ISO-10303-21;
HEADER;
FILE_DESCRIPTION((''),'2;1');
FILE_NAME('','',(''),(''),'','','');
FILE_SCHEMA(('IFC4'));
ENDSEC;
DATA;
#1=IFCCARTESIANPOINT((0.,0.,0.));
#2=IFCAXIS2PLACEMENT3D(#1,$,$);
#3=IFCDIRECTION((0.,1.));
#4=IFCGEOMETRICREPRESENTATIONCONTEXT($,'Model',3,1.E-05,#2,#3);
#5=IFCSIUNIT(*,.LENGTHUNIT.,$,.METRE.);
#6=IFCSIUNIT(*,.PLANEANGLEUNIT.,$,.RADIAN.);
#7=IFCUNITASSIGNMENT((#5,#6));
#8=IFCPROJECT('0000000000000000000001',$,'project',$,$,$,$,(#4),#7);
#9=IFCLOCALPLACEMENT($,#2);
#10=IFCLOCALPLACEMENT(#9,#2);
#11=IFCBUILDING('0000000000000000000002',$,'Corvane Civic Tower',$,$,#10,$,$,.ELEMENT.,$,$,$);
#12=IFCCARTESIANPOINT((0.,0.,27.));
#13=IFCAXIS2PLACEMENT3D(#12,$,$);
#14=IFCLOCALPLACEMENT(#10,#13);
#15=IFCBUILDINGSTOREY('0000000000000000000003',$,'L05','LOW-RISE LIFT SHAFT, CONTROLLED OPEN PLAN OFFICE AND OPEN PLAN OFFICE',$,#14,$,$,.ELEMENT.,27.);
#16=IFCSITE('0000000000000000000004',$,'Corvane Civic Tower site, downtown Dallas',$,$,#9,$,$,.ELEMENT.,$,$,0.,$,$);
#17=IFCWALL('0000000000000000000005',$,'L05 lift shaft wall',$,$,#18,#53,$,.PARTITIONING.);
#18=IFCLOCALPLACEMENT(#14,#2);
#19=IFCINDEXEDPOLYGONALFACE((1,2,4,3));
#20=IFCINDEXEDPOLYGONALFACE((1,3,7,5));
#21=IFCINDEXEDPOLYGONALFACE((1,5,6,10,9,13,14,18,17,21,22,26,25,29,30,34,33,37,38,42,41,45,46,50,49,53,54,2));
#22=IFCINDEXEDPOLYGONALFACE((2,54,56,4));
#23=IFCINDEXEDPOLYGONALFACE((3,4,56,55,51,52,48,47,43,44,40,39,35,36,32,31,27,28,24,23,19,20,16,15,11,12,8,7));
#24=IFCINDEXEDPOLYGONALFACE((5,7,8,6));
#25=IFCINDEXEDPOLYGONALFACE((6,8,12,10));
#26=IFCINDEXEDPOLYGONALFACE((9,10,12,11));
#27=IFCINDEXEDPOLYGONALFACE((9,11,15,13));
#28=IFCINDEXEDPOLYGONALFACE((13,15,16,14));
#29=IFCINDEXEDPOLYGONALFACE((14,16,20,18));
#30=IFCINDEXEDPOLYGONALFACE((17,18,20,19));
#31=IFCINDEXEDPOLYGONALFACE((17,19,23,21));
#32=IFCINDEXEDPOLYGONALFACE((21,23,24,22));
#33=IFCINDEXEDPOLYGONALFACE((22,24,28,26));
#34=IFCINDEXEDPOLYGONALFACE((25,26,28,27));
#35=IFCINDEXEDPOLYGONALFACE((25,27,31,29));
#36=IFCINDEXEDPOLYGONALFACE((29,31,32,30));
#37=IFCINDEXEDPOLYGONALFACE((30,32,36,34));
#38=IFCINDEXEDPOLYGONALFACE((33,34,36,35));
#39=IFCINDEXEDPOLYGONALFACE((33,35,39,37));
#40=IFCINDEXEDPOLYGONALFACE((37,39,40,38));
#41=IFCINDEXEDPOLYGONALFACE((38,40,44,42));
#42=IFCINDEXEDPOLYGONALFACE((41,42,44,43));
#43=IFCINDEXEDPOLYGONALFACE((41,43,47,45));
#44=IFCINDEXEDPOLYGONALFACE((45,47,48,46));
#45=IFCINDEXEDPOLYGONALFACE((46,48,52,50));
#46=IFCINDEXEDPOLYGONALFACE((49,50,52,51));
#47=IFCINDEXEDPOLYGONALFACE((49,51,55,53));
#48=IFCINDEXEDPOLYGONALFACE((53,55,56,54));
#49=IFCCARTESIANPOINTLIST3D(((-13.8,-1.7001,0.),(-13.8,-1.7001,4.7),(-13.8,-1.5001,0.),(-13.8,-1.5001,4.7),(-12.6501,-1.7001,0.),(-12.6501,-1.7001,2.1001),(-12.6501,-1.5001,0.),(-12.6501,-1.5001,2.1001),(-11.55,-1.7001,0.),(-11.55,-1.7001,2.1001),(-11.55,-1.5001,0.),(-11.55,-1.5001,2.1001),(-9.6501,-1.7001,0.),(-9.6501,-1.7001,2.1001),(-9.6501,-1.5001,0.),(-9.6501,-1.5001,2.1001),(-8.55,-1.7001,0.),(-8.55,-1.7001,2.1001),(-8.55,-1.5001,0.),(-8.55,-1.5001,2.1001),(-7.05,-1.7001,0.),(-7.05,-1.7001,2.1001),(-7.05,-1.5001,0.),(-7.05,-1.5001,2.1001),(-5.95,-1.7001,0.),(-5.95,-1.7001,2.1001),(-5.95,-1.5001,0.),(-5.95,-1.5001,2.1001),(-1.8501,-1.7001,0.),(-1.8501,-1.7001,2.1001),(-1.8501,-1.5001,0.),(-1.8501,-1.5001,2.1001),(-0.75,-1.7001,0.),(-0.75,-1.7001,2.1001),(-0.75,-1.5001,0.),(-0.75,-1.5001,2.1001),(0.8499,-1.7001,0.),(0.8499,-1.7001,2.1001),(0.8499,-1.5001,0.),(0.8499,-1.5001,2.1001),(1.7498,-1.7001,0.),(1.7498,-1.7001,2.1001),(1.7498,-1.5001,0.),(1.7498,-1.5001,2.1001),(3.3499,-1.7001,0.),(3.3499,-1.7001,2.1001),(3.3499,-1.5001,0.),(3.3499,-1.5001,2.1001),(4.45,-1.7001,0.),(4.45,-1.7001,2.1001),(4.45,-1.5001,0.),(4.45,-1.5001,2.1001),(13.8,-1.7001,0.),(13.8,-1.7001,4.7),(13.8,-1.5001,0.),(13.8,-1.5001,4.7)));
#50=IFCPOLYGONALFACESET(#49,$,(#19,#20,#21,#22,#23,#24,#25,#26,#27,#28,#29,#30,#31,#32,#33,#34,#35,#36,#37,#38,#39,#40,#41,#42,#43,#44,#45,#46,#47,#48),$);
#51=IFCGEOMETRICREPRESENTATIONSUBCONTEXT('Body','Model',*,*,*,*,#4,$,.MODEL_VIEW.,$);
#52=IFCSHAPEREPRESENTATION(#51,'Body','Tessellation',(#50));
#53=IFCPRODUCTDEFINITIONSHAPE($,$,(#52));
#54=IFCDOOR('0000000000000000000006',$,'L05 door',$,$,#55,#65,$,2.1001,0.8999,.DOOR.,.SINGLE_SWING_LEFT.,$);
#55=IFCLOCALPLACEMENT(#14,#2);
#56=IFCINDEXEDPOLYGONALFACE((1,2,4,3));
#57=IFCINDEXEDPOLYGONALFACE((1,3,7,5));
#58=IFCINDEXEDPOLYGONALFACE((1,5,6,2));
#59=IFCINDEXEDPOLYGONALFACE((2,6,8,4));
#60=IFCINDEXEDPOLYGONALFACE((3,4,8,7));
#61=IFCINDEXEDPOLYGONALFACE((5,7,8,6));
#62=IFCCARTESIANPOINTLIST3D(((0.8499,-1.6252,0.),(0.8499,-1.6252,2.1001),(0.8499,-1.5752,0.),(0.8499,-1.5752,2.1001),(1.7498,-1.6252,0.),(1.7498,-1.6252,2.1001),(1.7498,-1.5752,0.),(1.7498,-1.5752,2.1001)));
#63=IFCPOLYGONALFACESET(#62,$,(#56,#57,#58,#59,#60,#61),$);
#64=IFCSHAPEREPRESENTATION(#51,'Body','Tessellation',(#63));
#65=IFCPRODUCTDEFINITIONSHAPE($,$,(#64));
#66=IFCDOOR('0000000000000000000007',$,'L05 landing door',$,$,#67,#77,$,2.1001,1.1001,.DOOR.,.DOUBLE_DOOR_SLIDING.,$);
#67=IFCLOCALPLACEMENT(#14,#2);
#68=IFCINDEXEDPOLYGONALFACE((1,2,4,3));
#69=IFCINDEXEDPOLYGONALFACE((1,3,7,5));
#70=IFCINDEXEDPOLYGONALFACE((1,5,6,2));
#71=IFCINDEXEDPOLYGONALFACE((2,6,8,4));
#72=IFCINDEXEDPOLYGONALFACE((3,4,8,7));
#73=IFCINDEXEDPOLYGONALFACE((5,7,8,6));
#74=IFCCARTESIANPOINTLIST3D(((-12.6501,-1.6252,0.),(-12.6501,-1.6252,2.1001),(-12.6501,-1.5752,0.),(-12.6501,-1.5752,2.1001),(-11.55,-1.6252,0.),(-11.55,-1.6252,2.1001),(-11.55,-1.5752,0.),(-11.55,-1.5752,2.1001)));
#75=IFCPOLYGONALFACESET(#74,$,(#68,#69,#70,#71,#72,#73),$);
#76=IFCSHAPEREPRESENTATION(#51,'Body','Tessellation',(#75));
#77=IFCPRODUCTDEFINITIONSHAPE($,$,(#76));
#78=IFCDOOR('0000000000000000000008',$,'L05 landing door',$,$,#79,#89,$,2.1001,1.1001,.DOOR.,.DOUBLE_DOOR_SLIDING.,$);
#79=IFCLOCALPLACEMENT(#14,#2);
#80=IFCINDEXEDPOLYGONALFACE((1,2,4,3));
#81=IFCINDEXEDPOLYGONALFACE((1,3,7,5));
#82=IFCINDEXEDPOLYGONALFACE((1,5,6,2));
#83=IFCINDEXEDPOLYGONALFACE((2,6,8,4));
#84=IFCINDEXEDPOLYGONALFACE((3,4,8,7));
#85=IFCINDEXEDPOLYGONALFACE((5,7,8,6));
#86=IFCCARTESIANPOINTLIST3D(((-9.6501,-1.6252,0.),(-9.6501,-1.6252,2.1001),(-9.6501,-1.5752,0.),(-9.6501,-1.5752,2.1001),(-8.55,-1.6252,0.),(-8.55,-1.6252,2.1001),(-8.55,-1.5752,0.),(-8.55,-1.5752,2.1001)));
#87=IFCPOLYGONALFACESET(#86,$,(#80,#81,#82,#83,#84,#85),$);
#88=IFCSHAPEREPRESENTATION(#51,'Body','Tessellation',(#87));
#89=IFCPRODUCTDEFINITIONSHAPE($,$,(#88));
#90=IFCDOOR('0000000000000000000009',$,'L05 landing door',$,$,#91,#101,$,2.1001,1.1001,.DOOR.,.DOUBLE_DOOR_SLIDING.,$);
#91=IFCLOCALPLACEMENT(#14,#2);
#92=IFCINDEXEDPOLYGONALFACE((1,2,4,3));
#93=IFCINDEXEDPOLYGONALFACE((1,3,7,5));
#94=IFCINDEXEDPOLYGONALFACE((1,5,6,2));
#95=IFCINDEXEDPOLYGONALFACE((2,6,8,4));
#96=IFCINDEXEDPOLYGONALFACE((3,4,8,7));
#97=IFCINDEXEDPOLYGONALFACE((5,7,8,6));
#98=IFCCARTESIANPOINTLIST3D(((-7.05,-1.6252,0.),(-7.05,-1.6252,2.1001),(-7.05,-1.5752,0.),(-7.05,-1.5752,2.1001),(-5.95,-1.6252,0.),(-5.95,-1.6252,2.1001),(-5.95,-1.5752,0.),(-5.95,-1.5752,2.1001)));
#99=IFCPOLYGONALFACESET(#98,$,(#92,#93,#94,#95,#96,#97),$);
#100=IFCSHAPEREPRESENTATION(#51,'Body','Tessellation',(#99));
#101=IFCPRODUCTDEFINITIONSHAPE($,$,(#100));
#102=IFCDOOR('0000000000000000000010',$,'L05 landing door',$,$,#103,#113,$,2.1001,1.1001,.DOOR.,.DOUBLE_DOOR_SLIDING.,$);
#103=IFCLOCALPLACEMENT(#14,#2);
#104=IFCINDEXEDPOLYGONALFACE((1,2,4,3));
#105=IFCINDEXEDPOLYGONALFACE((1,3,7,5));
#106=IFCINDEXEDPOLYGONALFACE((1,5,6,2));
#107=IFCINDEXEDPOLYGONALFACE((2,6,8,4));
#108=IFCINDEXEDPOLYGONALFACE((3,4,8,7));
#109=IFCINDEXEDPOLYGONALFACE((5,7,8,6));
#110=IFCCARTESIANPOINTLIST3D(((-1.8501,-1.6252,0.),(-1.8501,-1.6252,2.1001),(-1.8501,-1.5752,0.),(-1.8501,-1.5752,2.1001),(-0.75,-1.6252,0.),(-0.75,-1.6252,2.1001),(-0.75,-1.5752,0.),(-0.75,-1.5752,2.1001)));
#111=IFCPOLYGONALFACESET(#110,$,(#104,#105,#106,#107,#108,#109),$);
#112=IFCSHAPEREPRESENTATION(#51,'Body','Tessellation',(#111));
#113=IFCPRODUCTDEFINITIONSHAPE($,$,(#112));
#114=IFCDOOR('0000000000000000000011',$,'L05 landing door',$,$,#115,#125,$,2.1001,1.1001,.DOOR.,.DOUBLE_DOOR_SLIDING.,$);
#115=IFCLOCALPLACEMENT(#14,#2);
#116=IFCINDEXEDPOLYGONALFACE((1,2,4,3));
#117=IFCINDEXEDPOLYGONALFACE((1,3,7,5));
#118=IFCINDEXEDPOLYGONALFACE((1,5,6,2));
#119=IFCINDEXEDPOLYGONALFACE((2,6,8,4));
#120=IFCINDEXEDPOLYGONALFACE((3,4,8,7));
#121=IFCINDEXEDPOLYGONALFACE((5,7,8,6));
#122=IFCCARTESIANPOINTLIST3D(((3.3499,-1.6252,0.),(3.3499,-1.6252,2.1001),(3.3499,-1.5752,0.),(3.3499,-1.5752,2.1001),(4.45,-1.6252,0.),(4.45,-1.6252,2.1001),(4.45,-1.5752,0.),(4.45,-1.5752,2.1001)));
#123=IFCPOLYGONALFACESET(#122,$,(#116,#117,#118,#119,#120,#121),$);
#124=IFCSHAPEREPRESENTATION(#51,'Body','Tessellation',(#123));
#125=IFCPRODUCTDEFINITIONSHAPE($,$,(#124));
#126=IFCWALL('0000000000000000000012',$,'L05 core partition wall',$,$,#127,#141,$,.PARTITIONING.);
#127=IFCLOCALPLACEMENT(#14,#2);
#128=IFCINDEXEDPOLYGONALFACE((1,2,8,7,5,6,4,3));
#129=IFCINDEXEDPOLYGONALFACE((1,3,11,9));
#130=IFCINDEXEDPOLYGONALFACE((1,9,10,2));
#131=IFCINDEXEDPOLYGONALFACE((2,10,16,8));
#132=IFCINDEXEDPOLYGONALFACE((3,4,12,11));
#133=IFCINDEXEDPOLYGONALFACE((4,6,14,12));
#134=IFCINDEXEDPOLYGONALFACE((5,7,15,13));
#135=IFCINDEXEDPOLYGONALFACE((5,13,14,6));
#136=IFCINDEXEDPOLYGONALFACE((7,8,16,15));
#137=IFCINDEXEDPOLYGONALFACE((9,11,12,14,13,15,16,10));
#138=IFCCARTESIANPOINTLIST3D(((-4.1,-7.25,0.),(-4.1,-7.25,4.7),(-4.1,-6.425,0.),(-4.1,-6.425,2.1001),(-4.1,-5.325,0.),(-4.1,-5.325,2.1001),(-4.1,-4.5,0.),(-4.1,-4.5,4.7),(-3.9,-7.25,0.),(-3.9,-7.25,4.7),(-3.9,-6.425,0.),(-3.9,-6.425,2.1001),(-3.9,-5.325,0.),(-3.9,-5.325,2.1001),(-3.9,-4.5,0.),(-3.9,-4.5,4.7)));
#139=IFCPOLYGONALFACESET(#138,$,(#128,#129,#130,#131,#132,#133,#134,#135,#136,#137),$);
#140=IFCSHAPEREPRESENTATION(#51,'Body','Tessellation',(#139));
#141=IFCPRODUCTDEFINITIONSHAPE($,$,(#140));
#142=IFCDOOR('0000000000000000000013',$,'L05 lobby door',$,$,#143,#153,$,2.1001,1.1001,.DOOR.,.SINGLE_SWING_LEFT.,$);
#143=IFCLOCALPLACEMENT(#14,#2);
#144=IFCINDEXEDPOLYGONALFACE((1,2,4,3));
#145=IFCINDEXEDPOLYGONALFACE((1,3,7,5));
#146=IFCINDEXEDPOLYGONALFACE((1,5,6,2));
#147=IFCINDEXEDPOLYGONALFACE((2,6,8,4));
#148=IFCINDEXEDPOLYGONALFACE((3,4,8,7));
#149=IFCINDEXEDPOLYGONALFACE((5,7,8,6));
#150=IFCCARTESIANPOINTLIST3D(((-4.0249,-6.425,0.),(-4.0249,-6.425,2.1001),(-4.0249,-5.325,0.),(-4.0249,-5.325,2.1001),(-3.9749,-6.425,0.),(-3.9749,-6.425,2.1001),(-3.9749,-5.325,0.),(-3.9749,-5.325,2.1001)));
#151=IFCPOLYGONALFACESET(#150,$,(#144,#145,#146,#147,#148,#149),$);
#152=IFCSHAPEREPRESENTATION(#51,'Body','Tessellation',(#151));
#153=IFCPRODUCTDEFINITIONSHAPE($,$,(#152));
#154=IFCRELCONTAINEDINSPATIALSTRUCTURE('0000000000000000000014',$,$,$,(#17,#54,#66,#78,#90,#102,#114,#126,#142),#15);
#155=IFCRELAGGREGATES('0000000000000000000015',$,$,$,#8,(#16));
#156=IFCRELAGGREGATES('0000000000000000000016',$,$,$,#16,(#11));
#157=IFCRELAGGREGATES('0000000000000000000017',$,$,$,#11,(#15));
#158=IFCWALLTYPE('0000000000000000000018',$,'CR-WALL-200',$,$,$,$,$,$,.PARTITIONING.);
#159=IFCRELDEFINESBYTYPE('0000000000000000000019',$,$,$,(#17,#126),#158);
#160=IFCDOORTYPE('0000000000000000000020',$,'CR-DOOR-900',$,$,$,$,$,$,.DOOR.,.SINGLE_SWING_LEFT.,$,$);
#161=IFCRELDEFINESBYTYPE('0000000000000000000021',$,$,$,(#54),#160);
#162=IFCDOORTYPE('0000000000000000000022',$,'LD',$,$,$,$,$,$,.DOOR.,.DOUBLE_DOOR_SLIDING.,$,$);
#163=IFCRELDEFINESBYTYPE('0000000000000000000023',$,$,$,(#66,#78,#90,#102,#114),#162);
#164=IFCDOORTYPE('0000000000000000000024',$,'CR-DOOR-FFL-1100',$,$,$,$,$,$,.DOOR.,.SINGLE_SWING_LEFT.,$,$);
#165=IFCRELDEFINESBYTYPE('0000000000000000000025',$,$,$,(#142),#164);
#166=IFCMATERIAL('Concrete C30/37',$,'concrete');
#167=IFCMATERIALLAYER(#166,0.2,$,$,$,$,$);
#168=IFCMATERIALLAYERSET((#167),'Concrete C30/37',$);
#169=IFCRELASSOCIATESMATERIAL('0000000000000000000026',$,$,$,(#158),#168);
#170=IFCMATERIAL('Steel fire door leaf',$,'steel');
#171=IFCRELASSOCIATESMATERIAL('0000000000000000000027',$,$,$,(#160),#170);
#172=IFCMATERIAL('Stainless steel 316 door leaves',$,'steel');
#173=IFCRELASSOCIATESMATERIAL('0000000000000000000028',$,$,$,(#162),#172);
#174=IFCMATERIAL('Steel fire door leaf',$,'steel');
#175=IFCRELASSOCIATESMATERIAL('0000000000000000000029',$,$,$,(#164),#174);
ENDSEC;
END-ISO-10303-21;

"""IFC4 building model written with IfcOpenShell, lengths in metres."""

from ifc_helpers import new_model, si_unit, direction, frame, frame_2d, origin, place, context, subcontext, project, spatial, rectangle, extrude, material, layer, layer_set, type_object, element, fill, save


model = new_model("IFC4")

# Units and contexts
model_context = context("Model", 3, precision=1e-05, world=origin(), true_north=direction((0.0, 1.0)))
body_context = subcontext(model_context, "Body", "Model", "MODEL_VIEW")
ifc_project = project(units=[si_unit("LENGTHUNIT", "METRE"), si_unit("PLANEANGLEUNIT", "RADIAN")], contexts=[model_context])

# Site, building, storey
site_placement = place(None, origin())
site = spatial("IfcSite", under=ifc_project, at=site_placement, Name="Corvane Civic Tower site, downtown Dallas", CompositionType="ELEMENT", RefElevation=0.0)
building_placement = place(site_placement, origin())
building = spatial("IfcBuilding", under=site, at=building_placement, Name="Corvane Civic Tower", CompositionType="ELEMENT")
storey_placement = place(building_placement, frame((0.0, 0.0, 27.0)))
storey = spatial("IfcBuildingStorey", under=building, at=storey_placement, Name="L05", Description="LOW-RISE LIFT SHAFT, CONTROLLED OPEN PLAN OFFICE AND OPEN PLAN OFFICE", CompositionType="ELEMENT", Elevation=27.0)

# Shared definitions
ifc_material_1 = material(Name="Concrete C30/37", Category="concrete")
ifc_layer_1 = layer(ifc_material_1, 0.2)
ifc_layer_set_1 = layer_set([ifc_layer_1], Name="Concrete C30/37")
wall_type_1 = type_object("IfcWallType", Name="CR-WALL-200", PredefinedType="PARTITIONING", material=ifc_layer_set_1)
ifc_material_2 = material(Name="Steel fire door leaf", Category="steel")
door_type_1 = type_object("IfcDoorType", Name="CR-DOOR-900", OperationType="SINGLE_SWING_LEFT", PredefinedType="DOOR", material=ifc_material_2)

# Wall, openings, doors
wall_1_placement = place(storey_placement, frame((-13.8, -1.6001, 0.0), z_axis=(0.0, 0.0, 1.0), x_axis=(1.0, 0.0, 0.0)))
wall_1 = element("IfcWall", 1, at=wall_1_placement, inside=storey, type_object=wall_type_1, Name="L05 lift shaft wall", PredefinedType="PARTITIONING", context=body_context, shape_type="SweptSolid", body=[
    extrude(rectangle(XDim=27.6001, YDim=0.2, at=frame_2d((13.8, 0.0))), origin(), (0.0, 0.0, 1.0), 4.7),
])
opening_1_placement = place(wall_1_placement, frame((1.1499, 0.0, 0.0)))
opening_1 = element("IfcOpeningElement", 2, at=opening_1_placement, cuts=wall_1, PredefinedType="OPENING", context=body_context, shape_type="SweptSolid", body=[
    extrude(rectangle(XDim=1.1001, YDim=2.1001, at=frame_2d((0.55, 1.05))), frame((0.0, 0.1099, 0.0), z_axis=(0.0, -1.0, 0.0), x_axis=(1.0, 0.0, 0.0)), (0.0, 0.0, 1.0), 0.22),
])
opening_2_placement = place(wall_1_placement, frame((4.1499, 0.0, 0.0)))
opening_2 = element("IfcOpeningElement", 3, at=opening_2_placement, cuts=wall_1, PredefinedType="OPENING", context=body_context, shape_type="SweptSolid", body=[
    extrude(rectangle(XDim=1.1001, YDim=2.1001, at=frame_2d((0.55, 1.05))), frame((0.0, 0.1099, 0.0), z_axis=(0.0, -1.0, 0.0), x_axis=(1.0, 0.0, 0.0)), (0.0, 0.0, 1.0), 0.22),
])
opening_3_placement = place(wall_1_placement, frame((6.75, 0.0, 0.0)))
opening_3 = element("IfcOpeningElement", 4, at=opening_3_placement, cuts=wall_1, PredefinedType="OPENING", context=body_context, shape_type="SweptSolid", body=[
    extrude(rectangle(XDim=1.1001, YDim=2.1001, at=frame_2d((0.55, 1.05))), frame((0.0, 0.1099, 0.0), z_axis=(0.0, -1.0, 0.0), x_axis=(1.0, 0.0, 0.0)), (0.0, 0.0, 1.0), 0.22),
])
opening_4_placement = place(wall_1_placement, frame((11.95, 0.0, 0.0)))
opening_4 = element("IfcOpeningElement", 5, at=opening_4_placement, cuts=wall_1, PredefinedType="OPENING", context=body_context, shape_type="SweptSolid", body=[
    extrude(rectangle(XDim=1.1001, YDim=2.1001, at=frame_2d((0.55, 1.05))), frame((0.0, 0.1099, 0.0), z_axis=(0.0, -1.0, 0.0), x_axis=(1.0, 0.0, 0.0)), (0.0, 0.0, 1.0), 0.22),
])
opening_5_placement = place(wall_1_placement, frame((14.6499, 0.0, 0.0)))
opening_5 = element("IfcOpeningElement", 6, at=opening_5_placement, cuts=wall_1, PredefinedType="OPENING", context=body_context, shape_type="SweptSolid", body=[
    extrude(rectangle(XDim=0.8999, YDim=2.1001, at=frame_2d((0.45, 1.05))), frame((0.0, 0.1099, 0.0), z_axis=(0.0, -1.0, 0.0), x_axis=(1.0, 0.0, 0.0)), (0.0, 0.0, 1.0), 0.22),
])
opening_6_placement = place(wall_1_placement, frame((17.1499, 0.0, 0.0)))
opening_6 = element("IfcOpeningElement", 7, at=opening_6_placement, cuts=wall_1, PredefinedType="OPENING", context=body_context, shape_type="SweptSolid", body=[
    extrude(rectangle(XDim=1.1001, YDim=2.1001, at=frame_2d((0.55, 1.05))), frame((0.0, 0.1099, 0.0), z_axis=(0.0, -1.0, 0.0), x_axis=(1.0, 0.0, 0.0)), (0.0, 0.0, 1.0), 0.22),
])
door_1_placement = place(opening_5_placement, origin())
door_1 = element("IfcDoor", 8, at=door_1_placement, inside=storey, type_object=door_type_1, Name="L05 door", OperationType="SINGLE_SWING_LEFT", OverallHeight=2.1001, OverallWidth=0.8999, PredefinedType="DOOR", context=body_context, shape_type="SweptSolid", body=[
    extrude(rectangle(XDim=0.8999, YDim=2.1001, at=frame_2d((0.45, 1.05))), frame((0.0, 0.0249, 0.0), z_axis=(0.0, -1.0, 0.0), x_axis=(1.0, 0.0, 0.0)), (0.0, 0.0, 1.0), 0.05),
])
fill(opening_5, door_1)
ifc_material_3 = material(Name="Stainless steel 316 door leaves", Category="steel")
door_type_2 = type_object("IfcDoorType", Name="LD", OperationType="DOUBLE_DOOR_SLIDING", PredefinedType="DOOR", material=ifc_material_3)
door_2_placement = place(opening_1_placement, origin())
door_2 = element("IfcDoor", 9, at=door_2_placement, inside=storey, type_object=door_type_2, Name="L05 landing door", OperationType="DOUBLE_DOOR_SLIDING", OverallHeight=2.1001, OverallWidth=1.1001, PredefinedType="DOOR", context=body_context, shape_type="SweptSolid", body=[
    extrude(rectangle(XDim=1.1001, YDim=2.1001, at=frame_2d((0.55, 1.05))), frame((0.0, 0.0249, 0.0), z_axis=(0.0, -1.0, 0.0), x_axis=(1.0, 0.0, 0.0)), (0.0, 0.0, 1.0), 0.05),
])
fill(opening_1, door_2)
door_3_placement = place(opening_2_placement, origin())
door_3 = element("IfcDoor", 10, at=door_3_placement, inside=storey, type_object=door_type_2, Name="L05 landing door", OperationType="DOUBLE_DOOR_SLIDING", OverallHeight=2.1001, OverallWidth=1.1001, PredefinedType="DOOR", context=body_context, shape_type="SweptSolid", body=[
    extrude(rectangle(XDim=1.1001, YDim=2.1001, at=frame_2d((0.55, 1.05))), frame((0.0, 0.0249, 0.0), z_axis=(0.0, -1.0, 0.0), x_axis=(1.0, 0.0, 0.0)), (0.0, 0.0, 1.0), 0.05),
])
fill(opening_2, door_3)
door_4_placement = place(opening_3_placement, origin())
door_4 = element("IfcDoor", 11, at=door_4_placement, inside=storey, type_object=door_type_2, Name="L05 landing door", OperationType="DOUBLE_DOOR_SLIDING", OverallHeight=2.1001, OverallWidth=1.1001, PredefinedType="DOOR", context=body_context, shape_type="SweptSolid", body=[
    extrude(rectangle(XDim=1.1001, YDim=2.1001, at=frame_2d((0.55, 1.05))), frame((0.0, 0.0249, 0.0), z_axis=(0.0, -1.0, 0.0), x_axis=(1.0, 0.0, 0.0)), (0.0, 0.0, 1.0), 0.05),
])
fill(opening_3, door_4)
door_5_placement = place(opening_4_placement, origin())
door_5 = element("IfcDoor", 12, at=door_5_placement, inside=storey, type_object=door_type_2, Name="L05 landing door", OperationType="DOUBLE_DOOR_SLIDING", OverallHeight=2.1001, OverallWidth=1.1001, PredefinedType="DOOR", context=body_context, shape_type="SweptSolid", body=[
    extrude(rectangle(XDim=1.1001, YDim=2.1001, at=frame_2d((0.55, 1.05))), frame((0.0, 0.0249, 0.0), z_axis=(0.0, -1.0, 0.0), x_axis=(1.0, 0.0, 0.0)), (0.0, 0.0, 1.0), 0.05),
])
fill(opening_4, door_5)
door_6_placement = place(opening_6_placement, origin())
door_6 = element("IfcDoor", 13, at=door_6_placement, inside=storey, type_object=door_type_2, Name="L05 landing door", OperationType="DOUBLE_DOOR_SLIDING", OverallHeight=2.1001, OverallWidth=1.1001, PredefinedType="DOOR", context=body_context, shape_type="SweptSolid", body=[
    extrude(rectangle(XDim=1.1001, YDim=2.1001, at=frame_2d((0.55, 1.05))), frame((0.0, 0.0249, 0.0), z_axis=(0.0, -1.0, 0.0), x_axis=(1.0, 0.0, 0.0)), (0.0, 0.0, 1.0), 0.05),
])
fill(opening_6, door_6)

# Wall, opening, door
wall_2_placement = place(storey_placement, frame((-4.0, -7.25, 0.0), z_axis=(0.0, 0.0, 1.0), x_axis=(0.0, 1.0, 0.0)))
wall_2 = element("IfcWall", 14, at=wall_2_placement, inside=storey, type_object=wall_type_1, Name="L05 core partition wall", PredefinedType="PARTITIONING", context=body_context, shape_type="SweptSolid", body=[
    extrude(rectangle(XDim=2.75, YDim=0.2, at=frame_2d((1.375, 0.0))), origin(), (0.0, 0.0, 1.0), 4.7),
])
opening_7_placement = place(wall_2_placement, frame((0.825, 0.0, 0.0)))
opening_7 = element("IfcOpeningElement", 15, at=opening_7_placement, cuts=wall_2, PredefinedType="OPENING", context=body_context, shape_type="SweptSolid", body=[
    extrude(rectangle(XDim=1.1001, YDim=2.1001, at=frame_2d((0.55, 1.05))), frame((0.0, 0.1099, 0.0), z_axis=(0.0, -1.0, 0.0), x_axis=(1.0, 0.0, 0.0)), (0.0, 0.0, 1.0), 0.22),
])
ifc_material_4 = material(Name="Steel fire door leaf", Category="steel")
door_type_3 = type_object("IfcDoorType", Name="CR-DOOR-FFL-1100", OperationType="SINGLE_SWING_LEFT", PredefinedType="DOOR", material=ifc_material_4)
door_7_placement = place(opening_7_placement, origin())
door_7 = element("IfcDoor", 16, at=door_7_placement, inside=storey, type_object=door_type_3, Name="L05 lobby door", OperationType="SINGLE_SWING_LEFT", OverallHeight=2.1001, OverallWidth=1.1001, PredefinedType="DOOR", context=body_context, shape_type="SweptSolid", body=[
    extrude(rectangle(XDim=1.1001, YDim=2.1001, at=frame_2d((0.55, 1.05))), frame((0.0, 0.0249, 0.0), z_axis=(0.0, -1.0, 0.0), x_axis=(1.0, 0.0, 0.0)), (0.0, 0.0, 1.0), 0.05),
])
fill(opening_7, door_7)

save(model, "model.ifc")
